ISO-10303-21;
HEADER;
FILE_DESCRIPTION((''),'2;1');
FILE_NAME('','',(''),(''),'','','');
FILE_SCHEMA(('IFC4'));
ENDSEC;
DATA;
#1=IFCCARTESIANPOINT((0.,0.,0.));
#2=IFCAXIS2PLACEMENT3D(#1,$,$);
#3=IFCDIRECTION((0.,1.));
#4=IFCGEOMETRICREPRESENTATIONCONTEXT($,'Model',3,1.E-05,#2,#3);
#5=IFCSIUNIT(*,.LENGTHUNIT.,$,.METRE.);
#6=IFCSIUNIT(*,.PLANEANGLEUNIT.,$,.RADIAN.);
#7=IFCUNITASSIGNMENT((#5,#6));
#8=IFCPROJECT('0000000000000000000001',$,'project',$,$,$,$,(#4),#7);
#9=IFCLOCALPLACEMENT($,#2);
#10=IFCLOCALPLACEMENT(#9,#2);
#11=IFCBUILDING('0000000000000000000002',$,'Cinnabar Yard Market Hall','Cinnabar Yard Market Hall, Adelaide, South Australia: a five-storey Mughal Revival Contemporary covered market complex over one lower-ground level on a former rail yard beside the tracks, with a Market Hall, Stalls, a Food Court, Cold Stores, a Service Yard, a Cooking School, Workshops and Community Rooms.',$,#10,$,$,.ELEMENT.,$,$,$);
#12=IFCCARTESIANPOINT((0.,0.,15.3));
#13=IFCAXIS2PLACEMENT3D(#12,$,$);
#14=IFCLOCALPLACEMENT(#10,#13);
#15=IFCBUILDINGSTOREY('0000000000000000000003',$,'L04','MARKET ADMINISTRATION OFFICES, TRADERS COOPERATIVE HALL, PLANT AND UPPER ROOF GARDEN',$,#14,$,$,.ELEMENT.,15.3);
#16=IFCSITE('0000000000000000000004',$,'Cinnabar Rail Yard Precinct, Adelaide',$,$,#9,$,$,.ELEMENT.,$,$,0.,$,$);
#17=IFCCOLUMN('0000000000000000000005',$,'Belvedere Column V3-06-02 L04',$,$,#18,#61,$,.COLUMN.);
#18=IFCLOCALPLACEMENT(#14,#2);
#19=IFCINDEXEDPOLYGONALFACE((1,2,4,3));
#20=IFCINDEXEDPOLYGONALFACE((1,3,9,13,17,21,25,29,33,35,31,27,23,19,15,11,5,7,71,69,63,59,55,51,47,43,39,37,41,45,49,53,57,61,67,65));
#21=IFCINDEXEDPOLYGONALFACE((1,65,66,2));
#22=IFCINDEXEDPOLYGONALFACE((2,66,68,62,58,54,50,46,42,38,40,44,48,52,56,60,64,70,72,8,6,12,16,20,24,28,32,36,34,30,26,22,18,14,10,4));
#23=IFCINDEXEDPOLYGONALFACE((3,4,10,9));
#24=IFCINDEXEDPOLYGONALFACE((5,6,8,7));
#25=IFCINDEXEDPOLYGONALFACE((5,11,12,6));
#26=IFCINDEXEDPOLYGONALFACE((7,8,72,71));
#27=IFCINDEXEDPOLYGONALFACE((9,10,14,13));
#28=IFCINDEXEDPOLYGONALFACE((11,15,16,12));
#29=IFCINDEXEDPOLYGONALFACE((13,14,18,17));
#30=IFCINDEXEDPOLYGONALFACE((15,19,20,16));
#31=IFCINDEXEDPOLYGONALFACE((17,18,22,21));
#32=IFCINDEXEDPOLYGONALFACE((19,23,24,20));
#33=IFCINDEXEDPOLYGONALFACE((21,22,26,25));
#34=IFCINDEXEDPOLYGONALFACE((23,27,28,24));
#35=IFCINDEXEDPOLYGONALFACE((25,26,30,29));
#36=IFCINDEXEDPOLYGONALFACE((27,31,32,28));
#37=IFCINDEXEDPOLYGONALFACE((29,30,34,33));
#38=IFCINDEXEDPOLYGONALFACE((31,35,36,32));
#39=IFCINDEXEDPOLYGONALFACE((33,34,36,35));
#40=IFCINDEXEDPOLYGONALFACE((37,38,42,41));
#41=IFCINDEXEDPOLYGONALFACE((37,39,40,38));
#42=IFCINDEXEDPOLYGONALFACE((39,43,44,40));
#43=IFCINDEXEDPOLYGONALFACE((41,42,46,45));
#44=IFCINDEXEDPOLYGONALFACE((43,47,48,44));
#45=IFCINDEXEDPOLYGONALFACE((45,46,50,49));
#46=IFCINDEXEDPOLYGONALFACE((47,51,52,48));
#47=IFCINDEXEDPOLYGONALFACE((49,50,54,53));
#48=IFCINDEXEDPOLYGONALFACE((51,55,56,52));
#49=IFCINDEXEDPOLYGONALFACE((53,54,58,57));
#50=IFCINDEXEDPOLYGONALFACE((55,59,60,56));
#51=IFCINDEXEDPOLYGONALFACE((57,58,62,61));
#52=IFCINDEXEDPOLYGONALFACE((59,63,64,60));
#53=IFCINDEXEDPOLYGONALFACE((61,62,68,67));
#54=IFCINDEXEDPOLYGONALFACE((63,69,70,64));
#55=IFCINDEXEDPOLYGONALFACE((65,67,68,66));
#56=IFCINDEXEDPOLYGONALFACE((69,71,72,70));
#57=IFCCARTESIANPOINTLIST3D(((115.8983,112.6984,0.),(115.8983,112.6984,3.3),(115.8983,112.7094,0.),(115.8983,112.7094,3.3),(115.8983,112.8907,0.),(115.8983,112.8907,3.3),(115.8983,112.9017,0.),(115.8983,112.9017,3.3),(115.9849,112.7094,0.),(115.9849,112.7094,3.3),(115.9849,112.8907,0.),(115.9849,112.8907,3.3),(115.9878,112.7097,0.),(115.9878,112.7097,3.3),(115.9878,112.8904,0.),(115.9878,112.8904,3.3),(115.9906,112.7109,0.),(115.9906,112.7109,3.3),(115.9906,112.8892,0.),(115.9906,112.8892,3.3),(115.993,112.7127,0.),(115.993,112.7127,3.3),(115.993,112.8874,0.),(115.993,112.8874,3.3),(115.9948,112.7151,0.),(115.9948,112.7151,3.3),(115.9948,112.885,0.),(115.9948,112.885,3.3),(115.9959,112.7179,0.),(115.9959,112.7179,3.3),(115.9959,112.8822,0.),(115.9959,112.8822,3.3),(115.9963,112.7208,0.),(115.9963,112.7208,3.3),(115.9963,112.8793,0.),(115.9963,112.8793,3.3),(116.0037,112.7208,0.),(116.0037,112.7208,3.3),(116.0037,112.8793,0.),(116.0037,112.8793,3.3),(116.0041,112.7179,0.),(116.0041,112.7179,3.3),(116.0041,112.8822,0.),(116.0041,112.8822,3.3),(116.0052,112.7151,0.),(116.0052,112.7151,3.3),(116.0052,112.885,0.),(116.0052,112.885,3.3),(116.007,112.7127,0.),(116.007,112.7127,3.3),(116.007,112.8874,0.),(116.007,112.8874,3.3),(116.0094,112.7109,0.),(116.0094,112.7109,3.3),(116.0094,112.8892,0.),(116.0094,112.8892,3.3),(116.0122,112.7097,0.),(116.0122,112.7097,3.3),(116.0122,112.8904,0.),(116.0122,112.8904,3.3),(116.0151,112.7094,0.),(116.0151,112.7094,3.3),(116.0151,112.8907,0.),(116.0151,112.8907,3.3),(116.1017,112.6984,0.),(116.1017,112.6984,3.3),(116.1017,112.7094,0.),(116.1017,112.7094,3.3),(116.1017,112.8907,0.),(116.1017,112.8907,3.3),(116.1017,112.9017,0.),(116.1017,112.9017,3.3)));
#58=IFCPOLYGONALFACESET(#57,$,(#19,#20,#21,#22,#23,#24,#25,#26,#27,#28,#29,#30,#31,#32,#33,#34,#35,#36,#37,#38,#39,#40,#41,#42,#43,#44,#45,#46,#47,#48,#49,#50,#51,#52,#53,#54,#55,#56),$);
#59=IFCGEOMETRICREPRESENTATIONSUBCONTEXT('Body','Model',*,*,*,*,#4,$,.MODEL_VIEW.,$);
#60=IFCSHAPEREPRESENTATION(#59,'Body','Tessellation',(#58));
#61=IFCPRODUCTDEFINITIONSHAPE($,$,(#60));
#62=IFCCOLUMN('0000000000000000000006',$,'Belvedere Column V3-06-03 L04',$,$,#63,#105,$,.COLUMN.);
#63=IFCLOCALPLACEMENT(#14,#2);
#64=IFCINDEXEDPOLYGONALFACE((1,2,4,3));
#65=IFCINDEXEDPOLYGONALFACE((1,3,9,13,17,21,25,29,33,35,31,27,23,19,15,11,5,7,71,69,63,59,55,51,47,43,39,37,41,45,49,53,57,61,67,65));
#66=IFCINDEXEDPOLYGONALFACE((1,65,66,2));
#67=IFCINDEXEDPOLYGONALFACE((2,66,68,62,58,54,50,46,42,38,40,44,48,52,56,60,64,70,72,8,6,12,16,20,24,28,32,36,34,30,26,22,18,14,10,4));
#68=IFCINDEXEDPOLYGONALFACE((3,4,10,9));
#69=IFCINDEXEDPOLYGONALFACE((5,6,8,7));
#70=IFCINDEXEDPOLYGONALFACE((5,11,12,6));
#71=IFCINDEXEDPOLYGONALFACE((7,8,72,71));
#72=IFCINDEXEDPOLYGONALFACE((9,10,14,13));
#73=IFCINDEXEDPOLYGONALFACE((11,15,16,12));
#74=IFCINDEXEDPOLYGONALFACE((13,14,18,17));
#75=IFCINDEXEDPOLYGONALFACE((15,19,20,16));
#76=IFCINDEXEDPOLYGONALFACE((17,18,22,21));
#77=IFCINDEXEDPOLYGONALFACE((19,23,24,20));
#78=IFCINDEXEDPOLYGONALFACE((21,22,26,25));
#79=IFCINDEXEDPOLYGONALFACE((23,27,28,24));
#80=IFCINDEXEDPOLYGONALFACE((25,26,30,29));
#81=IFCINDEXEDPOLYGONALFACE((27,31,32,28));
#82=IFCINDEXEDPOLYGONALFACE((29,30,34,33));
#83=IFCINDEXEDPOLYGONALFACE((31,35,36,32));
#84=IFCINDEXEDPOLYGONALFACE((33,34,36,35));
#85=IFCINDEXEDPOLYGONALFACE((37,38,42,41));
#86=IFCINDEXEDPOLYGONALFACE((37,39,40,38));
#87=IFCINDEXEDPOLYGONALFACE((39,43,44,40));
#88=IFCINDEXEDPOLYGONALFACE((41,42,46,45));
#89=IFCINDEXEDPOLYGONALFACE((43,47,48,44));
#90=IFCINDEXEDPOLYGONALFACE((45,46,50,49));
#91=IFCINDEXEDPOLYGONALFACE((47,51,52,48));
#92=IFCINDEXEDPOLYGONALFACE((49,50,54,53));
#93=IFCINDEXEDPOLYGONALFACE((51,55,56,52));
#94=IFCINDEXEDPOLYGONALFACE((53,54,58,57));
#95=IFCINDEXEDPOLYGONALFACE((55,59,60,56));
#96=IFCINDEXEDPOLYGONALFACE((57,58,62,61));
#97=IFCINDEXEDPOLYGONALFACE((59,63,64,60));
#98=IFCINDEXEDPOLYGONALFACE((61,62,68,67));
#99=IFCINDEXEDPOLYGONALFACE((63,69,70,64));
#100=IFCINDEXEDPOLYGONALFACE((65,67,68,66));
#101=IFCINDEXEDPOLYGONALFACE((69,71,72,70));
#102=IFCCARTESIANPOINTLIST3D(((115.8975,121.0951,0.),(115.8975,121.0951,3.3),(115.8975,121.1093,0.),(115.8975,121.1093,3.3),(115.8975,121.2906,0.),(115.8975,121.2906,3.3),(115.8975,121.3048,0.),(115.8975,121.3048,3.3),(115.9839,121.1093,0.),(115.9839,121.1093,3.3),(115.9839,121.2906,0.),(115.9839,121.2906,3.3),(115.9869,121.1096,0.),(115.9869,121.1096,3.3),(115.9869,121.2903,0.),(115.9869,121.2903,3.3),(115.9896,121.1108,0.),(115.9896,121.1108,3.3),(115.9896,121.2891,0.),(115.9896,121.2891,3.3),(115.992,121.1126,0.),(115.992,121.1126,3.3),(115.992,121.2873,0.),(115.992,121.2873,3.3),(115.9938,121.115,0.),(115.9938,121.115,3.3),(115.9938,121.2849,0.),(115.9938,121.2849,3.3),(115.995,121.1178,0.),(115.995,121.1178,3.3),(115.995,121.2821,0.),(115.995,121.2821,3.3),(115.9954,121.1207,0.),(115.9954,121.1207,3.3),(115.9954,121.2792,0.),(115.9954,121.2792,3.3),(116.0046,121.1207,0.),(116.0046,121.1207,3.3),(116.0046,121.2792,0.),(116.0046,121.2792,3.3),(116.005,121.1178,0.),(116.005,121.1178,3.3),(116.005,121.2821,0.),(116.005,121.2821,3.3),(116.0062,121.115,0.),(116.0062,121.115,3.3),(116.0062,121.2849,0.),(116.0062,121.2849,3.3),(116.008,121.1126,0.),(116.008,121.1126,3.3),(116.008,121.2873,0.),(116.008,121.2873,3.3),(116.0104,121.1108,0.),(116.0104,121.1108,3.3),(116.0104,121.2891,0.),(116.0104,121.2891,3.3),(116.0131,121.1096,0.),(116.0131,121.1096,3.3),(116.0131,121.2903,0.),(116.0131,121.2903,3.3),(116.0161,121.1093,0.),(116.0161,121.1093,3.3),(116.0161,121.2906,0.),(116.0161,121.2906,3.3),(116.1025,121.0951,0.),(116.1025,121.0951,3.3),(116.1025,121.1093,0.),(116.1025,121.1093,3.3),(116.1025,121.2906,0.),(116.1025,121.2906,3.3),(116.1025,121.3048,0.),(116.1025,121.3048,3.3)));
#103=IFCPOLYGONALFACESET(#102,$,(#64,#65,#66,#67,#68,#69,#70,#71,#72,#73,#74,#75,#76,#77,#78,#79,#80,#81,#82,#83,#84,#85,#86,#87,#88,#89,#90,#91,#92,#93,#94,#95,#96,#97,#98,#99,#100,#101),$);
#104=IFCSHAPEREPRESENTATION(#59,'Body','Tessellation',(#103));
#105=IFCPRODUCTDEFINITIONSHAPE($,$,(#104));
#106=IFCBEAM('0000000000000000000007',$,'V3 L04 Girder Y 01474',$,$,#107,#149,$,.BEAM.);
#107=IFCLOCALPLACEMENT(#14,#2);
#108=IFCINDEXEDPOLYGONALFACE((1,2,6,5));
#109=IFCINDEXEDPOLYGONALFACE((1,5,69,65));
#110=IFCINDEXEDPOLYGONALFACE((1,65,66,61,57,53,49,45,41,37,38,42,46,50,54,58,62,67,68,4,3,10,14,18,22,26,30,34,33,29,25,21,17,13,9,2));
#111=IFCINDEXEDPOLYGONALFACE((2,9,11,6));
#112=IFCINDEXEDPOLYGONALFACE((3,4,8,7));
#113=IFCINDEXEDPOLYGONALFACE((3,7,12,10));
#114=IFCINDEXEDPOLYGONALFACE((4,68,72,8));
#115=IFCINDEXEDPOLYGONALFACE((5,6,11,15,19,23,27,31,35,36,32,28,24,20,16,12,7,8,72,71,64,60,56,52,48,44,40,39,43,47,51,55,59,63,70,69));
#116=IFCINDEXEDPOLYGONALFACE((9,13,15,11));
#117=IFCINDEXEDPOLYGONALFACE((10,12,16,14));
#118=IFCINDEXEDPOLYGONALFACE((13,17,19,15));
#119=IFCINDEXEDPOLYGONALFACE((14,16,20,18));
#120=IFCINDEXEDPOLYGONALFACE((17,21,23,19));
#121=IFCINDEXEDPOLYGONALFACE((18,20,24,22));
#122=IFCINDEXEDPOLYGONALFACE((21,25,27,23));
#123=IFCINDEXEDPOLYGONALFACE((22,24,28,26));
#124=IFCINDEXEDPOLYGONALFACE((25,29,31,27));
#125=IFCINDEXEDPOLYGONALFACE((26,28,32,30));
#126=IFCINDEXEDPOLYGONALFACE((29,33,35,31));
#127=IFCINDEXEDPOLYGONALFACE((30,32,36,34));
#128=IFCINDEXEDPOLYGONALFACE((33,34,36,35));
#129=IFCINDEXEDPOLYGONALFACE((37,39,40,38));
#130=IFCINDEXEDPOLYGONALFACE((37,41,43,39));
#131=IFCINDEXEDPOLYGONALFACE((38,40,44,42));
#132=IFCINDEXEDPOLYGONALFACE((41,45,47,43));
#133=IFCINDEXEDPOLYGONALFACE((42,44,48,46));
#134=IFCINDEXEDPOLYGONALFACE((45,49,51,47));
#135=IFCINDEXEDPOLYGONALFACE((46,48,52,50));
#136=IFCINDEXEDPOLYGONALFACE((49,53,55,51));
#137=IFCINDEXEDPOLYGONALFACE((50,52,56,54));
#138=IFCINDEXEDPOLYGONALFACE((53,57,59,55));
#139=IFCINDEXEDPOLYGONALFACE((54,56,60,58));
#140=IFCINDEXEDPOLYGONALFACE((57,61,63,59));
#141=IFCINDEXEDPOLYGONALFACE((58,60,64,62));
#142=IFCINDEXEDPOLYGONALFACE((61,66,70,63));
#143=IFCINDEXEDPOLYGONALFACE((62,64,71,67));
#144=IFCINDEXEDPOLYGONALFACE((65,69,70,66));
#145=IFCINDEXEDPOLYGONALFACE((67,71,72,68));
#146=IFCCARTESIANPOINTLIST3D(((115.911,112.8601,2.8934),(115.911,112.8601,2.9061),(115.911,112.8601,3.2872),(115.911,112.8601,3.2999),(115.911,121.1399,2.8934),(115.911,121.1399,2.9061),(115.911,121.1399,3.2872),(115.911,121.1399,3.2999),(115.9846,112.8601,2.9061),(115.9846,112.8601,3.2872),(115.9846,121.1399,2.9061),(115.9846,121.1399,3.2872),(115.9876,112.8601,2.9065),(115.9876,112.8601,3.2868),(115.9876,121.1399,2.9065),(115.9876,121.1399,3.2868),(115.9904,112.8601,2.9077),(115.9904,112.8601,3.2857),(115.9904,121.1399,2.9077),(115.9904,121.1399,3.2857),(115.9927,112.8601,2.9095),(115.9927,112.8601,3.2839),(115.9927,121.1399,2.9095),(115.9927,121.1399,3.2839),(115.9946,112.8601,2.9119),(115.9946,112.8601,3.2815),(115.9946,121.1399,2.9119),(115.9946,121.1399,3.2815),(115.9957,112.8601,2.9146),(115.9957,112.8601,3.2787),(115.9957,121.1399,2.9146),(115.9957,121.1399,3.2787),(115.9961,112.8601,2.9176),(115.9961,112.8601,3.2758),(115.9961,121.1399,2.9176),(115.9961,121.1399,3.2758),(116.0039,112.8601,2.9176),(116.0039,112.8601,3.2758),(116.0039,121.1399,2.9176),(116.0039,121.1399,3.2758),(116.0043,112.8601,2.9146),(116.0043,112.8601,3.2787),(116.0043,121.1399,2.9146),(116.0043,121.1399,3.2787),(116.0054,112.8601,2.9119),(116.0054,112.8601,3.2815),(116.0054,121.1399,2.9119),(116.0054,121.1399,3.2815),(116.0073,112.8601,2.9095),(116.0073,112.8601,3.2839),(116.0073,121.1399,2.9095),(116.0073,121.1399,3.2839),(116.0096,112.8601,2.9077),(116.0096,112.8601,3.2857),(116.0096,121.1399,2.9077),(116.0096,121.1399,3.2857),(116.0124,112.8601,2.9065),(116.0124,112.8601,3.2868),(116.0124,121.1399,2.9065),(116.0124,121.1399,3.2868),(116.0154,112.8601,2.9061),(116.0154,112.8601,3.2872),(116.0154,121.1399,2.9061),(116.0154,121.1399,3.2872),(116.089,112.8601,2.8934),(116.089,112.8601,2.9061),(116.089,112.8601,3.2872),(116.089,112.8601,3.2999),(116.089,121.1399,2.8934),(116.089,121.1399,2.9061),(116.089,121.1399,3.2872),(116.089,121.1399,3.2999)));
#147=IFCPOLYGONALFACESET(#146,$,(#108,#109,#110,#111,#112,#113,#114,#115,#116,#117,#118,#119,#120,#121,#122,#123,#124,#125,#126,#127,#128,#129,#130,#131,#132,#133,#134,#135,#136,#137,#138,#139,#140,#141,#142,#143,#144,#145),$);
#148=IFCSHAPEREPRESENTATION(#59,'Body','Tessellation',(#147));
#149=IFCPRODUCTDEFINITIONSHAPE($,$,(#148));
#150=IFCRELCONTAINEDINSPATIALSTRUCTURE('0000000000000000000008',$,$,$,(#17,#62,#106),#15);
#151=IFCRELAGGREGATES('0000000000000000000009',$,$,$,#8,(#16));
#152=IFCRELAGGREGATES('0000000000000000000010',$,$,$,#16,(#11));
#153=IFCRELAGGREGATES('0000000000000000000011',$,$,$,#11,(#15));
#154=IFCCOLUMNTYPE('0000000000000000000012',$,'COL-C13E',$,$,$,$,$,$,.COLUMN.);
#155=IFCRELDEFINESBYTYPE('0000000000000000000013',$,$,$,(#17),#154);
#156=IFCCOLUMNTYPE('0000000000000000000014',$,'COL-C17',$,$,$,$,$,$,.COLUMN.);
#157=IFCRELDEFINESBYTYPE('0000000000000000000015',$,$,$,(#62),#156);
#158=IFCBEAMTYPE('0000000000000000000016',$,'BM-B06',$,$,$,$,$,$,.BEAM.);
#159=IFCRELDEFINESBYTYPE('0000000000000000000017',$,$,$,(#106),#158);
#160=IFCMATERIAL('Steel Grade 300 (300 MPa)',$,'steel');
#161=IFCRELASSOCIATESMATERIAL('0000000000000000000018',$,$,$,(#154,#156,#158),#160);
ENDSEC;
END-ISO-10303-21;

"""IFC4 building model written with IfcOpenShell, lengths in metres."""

from ifc_helpers import new_model, si_unit, direction, frame, origin, origin_2d_with_axis, place, context, subcontext, project, spatial, i_section, extrude, material, material_profile, profile_set, type_object, element, save


model = new_model("IFC4")

# Units and contexts
model_context = context("Model", 3, precision=1e-05, world=origin(), true_north=direction((0.0, 1.0)))
body_context = subcontext(model_context, "Body", "Model", "MODEL_VIEW")
ifc_project = project(units=[si_unit("LENGTHUNIT", "METRE"), si_unit("PLANEANGLEUNIT", "RADIAN")], contexts=[model_context])

# Site, building, storey
site_placement = place(None, origin())
site = spatial("IfcSite", under=ifc_project, at=site_placement, Name="Cinnabar Rail Yard Precinct, Adelaide", CompositionType="ELEMENT", RefElevation=0.0)
building_placement = place(site_placement, origin())
building = spatial("IfcBuilding", under=site, at=building_placement, Name="Cinnabar Yard Market Hall", Description="Cinnabar Yard Market Hall, Adelaide, South Australia: a five-storey Mughal Revival Contemporary covered market complex over one lower-ground level on a former rail yard beside the tracks, with a Market Hall, Stalls, a Food Court, Cold Stores, a Service Yard, a Cooking School, Workshops and Community Rooms.", CompositionType="ELEMENT")
storey_placement = place(building_placement, frame((0.0, 0.0, 15.3)))
storey = spatial("IfcBuildingStorey", under=building, at=storey_placement, Name="L04", Description="MARKET ADMINISTRATION OFFICES, TRADERS COOPERATIVE HALL, PLANT AND UPPER ROOF GARDEN", CompositionType="ELEMENT", Elevation=15.3)

# Columns
ifc_material_1 = material(Name="Steel Grade 300 (300 MPa)", Category="steel")
ifc_material_profile_1 = material_profile(ifc_material_1, i_section(OverallWidth=0.2034, OverallDepth=0.2034, WebThickness=0.0073, FlangeThickness=0.011, FilletRadius=0.0115, at=origin_2d_with_axis()), Name="200UC46.2")
ifc_profile_set_1 = profile_set([ifc_material_profile_1], Name="Steel Grade 300 (300 MPa)")
column_type_1 = type_object("IfcColumnType", Name="COL-C13E", PredefinedType="COLUMN", material=ifc_profile_set_1)
column_1_placement = place(storey_placement, frame((116.0, 112.8, 0.0), z_axis=(0.0, 0.0, 1.0), x_axis=(1.0, 0.0, 0.0)))
element("IfcColumn", 1, at=column_1_placement, inside=storey, type_object=column_type_1, Name="Belvedere Column V3-06-02 L04", PredefinedType="COLUMN", context=body_context, shape_type="SweptSolid", body=[
    extrude(i_section(OverallWidth=0.2034, OverallDepth=0.2034, WebThickness=0.0073, FlangeThickness=0.011, FilletRadius=0.0115, at=origin_2d_with_axis()), origin(), (0.0, 0.0, 1.0), 3.3),
])
ifc_material_profile_2 = material_profile(ifc_material_1, i_section(OverallWidth=0.2051, OverallDepth=0.2097, WebThickness=0.0093, FlangeThickness=0.0142, FilletRadius=0.0115, at=origin_2d_with_axis()), Name="200UC59.5")
ifc_profile_set_2 = profile_set([ifc_material_profile_2], Name="Steel Grade 300 (300 MPa)")
column_type_2 = type_object("IfcColumnType", Name="COL-C17", PredefinedType="COLUMN", material=ifc_profile_set_2)
column_2_placement = place(storey_placement, frame((116.0, 121.2, 0.0), z_axis=(0.0, 0.0, 1.0), x_axis=(1.0, 0.0, 0.0)))
element("IfcColumn", 2, at=column_2_placement, inside=storey, type_object=column_type_2, Name="Belvedere Column V3-06-03 L04", PredefinedType="COLUMN", context=body_context, shape_type="SweptSolid", body=[
    extrude(i_section(OverallWidth=0.2051, OverallDepth=0.2097, WebThickness=0.0093, FlangeThickness=0.0142, FilletRadius=0.0115, at=origin_2d_with_axis()), origin(), (0.0, 0.0, 1.0), 3.3),
])

# Beam
ifc_material_profile_3 = material_profile(ifc_material_1, i_section(OverallWidth=0.178, OverallDepth=0.4065, WebThickness=0.0078, FlangeThickness=0.0127, FilletRadius=0.0115, at=origin_2d_with_axis()), Name="410UB59.7")
ifc_profile_set_3 = profile_set([ifc_material_profile_3], Name="Steel Grade 300 (300 MPa)")
beam_type_1 = type_object("IfcBeamType", Name="BM-B06", PredefinedType="BEAM", material=ifc_profile_set_3)
beam_1_placement = place(storey_placement, frame((116.0, 112.8601, 3.0967), z_axis=(0.0, 1.0, 0.0), x_axis=(-1.0, 0.0, 0.0)))
element("IfcBeam", 3, at=beam_1_placement, inside=storey, type_object=beam_type_1, Name="V3 L04 Girder Y 01474", PredefinedType="BEAM", context=body_context, shape_type="SweptSolid", body=[
    extrude(i_section(OverallWidth=0.178, OverallDepth=0.4065, WebThickness=0.0078, FlangeThickness=0.0127, FilletRadius=0.0115, at=origin_2d_with_axis()), origin(), (0.0, 0.0, 1.0), 8.2798),
])

save(model, "model.ifc")
